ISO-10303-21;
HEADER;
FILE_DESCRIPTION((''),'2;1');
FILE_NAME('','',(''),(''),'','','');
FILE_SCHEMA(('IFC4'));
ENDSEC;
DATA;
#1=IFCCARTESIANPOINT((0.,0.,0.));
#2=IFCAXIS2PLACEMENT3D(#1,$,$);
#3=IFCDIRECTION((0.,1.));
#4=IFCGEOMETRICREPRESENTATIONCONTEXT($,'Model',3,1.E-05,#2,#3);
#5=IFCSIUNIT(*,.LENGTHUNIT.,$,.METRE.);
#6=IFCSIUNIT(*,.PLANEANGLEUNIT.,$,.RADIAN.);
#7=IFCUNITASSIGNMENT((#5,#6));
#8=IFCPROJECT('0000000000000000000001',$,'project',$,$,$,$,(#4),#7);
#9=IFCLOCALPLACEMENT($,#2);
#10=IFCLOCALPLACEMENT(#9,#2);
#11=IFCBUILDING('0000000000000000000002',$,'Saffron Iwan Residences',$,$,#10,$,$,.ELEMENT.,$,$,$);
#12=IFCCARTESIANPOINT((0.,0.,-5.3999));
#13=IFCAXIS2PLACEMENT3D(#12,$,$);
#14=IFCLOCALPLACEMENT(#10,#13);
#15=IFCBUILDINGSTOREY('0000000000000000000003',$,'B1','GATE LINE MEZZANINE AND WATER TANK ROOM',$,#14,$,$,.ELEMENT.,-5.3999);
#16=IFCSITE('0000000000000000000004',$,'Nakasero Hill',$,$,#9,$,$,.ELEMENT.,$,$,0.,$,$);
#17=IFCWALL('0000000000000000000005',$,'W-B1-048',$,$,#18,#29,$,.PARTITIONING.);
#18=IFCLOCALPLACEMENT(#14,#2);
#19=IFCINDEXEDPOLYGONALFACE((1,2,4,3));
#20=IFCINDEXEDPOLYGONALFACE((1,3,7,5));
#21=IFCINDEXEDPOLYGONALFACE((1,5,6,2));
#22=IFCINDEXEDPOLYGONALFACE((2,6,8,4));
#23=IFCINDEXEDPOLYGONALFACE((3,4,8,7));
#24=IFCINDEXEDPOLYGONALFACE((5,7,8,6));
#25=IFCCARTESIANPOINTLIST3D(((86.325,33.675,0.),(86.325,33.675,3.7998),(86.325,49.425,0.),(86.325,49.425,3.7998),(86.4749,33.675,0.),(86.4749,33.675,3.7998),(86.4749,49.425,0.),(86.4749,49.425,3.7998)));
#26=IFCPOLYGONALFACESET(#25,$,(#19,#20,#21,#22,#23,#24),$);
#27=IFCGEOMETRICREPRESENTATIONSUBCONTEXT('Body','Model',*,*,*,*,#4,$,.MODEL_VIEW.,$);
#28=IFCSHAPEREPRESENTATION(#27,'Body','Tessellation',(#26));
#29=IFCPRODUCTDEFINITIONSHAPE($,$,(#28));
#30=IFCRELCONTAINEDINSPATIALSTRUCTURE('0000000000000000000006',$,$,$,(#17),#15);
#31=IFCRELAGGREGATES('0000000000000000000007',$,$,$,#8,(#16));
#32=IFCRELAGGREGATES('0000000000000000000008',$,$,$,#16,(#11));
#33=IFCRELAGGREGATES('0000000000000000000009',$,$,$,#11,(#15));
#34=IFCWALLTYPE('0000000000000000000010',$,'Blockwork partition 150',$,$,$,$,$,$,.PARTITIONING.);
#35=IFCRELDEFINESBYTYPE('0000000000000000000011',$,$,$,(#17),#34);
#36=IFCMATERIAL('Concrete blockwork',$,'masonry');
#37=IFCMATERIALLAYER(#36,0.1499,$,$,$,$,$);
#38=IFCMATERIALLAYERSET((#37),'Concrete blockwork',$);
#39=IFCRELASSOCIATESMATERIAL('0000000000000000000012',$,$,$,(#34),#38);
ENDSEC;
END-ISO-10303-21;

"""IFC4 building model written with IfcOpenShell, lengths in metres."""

from ifc_helpers import new_model, si_unit, direction, frame, frame_2d, origin, place, context, subcontext, project, spatial, rectangle, extrude, material, layer, layer_set, type_object, element, save


model = new_model("IFC4")

# Units and contexts
model_context = context("Model", 3, precision=1e-05, world=origin(), true_north=direction((0.0, 1.0)))
body_context = subcontext(model_context, "Body", "Model", "MODEL_VIEW")
ifc_project = project(units=[si_unit("LENGTHUNIT", "METRE"), si_unit("PLANEANGLEUNIT", "RADIAN")], contexts=[model_context])

# Site, building, storey
site_placement = place(None, origin())
site = spatial("IfcSite", under=ifc_project, at=site_placement, Name="Nakasero Hill", CompositionType="ELEMENT", RefElevation=0.0)
building_placement = place(site_placement, origin())
building = spatial("IfcBuilding", under=site, at=building_placement, Name="Saffron Iwan Residences", CompositionType="ELEMENT")
storey_placement = place(building_placement, frame((0.0, 0.0, -5.3999)))
storey = spatial("IfcBuildingStorey", under=building, at=storey_placement, Name="B1", Description="GATE LINE MEZZANINE AND WATER TANK ROOM", CompositionType="ELEMENT", Elevation=-5.3999)

# Wall
ifc_material_1 = material(Name="Concrete blockwork", Category="masonry")
ifc_layer = layer(ifc_material_1, 0.1499)
ifc_layer_set = layer_set([ifc_layer], Name="Concrete blockwork")
wall_type = type_object("IfcWallType", Name="Blockwork partition 150", PredefinedType="PARTITIONING", material=ifc_layer_set)
wall_placement = place(storey_placement, frame((86.3999, 33.675, 0.0), z_axis=(0.0, 0.0, 1.0), x_axis=(0.0, 1.0, 0.0)))
element("IfcWall", 1, at=wall_placement, inside=storey, type_object=wall_type, Name="W-B1-048", PredefinedType="PARTITIONING", context=body_context, shape_type="SweptSolid", body=[
    extrude(rectangle(XDim=15.75, YDim=0.1499, at=frame_2d((7.875, 0.0))), origin(), (0.0, 0.0, 1.0), 3.7998),
])

save(model, "model.ifc")
